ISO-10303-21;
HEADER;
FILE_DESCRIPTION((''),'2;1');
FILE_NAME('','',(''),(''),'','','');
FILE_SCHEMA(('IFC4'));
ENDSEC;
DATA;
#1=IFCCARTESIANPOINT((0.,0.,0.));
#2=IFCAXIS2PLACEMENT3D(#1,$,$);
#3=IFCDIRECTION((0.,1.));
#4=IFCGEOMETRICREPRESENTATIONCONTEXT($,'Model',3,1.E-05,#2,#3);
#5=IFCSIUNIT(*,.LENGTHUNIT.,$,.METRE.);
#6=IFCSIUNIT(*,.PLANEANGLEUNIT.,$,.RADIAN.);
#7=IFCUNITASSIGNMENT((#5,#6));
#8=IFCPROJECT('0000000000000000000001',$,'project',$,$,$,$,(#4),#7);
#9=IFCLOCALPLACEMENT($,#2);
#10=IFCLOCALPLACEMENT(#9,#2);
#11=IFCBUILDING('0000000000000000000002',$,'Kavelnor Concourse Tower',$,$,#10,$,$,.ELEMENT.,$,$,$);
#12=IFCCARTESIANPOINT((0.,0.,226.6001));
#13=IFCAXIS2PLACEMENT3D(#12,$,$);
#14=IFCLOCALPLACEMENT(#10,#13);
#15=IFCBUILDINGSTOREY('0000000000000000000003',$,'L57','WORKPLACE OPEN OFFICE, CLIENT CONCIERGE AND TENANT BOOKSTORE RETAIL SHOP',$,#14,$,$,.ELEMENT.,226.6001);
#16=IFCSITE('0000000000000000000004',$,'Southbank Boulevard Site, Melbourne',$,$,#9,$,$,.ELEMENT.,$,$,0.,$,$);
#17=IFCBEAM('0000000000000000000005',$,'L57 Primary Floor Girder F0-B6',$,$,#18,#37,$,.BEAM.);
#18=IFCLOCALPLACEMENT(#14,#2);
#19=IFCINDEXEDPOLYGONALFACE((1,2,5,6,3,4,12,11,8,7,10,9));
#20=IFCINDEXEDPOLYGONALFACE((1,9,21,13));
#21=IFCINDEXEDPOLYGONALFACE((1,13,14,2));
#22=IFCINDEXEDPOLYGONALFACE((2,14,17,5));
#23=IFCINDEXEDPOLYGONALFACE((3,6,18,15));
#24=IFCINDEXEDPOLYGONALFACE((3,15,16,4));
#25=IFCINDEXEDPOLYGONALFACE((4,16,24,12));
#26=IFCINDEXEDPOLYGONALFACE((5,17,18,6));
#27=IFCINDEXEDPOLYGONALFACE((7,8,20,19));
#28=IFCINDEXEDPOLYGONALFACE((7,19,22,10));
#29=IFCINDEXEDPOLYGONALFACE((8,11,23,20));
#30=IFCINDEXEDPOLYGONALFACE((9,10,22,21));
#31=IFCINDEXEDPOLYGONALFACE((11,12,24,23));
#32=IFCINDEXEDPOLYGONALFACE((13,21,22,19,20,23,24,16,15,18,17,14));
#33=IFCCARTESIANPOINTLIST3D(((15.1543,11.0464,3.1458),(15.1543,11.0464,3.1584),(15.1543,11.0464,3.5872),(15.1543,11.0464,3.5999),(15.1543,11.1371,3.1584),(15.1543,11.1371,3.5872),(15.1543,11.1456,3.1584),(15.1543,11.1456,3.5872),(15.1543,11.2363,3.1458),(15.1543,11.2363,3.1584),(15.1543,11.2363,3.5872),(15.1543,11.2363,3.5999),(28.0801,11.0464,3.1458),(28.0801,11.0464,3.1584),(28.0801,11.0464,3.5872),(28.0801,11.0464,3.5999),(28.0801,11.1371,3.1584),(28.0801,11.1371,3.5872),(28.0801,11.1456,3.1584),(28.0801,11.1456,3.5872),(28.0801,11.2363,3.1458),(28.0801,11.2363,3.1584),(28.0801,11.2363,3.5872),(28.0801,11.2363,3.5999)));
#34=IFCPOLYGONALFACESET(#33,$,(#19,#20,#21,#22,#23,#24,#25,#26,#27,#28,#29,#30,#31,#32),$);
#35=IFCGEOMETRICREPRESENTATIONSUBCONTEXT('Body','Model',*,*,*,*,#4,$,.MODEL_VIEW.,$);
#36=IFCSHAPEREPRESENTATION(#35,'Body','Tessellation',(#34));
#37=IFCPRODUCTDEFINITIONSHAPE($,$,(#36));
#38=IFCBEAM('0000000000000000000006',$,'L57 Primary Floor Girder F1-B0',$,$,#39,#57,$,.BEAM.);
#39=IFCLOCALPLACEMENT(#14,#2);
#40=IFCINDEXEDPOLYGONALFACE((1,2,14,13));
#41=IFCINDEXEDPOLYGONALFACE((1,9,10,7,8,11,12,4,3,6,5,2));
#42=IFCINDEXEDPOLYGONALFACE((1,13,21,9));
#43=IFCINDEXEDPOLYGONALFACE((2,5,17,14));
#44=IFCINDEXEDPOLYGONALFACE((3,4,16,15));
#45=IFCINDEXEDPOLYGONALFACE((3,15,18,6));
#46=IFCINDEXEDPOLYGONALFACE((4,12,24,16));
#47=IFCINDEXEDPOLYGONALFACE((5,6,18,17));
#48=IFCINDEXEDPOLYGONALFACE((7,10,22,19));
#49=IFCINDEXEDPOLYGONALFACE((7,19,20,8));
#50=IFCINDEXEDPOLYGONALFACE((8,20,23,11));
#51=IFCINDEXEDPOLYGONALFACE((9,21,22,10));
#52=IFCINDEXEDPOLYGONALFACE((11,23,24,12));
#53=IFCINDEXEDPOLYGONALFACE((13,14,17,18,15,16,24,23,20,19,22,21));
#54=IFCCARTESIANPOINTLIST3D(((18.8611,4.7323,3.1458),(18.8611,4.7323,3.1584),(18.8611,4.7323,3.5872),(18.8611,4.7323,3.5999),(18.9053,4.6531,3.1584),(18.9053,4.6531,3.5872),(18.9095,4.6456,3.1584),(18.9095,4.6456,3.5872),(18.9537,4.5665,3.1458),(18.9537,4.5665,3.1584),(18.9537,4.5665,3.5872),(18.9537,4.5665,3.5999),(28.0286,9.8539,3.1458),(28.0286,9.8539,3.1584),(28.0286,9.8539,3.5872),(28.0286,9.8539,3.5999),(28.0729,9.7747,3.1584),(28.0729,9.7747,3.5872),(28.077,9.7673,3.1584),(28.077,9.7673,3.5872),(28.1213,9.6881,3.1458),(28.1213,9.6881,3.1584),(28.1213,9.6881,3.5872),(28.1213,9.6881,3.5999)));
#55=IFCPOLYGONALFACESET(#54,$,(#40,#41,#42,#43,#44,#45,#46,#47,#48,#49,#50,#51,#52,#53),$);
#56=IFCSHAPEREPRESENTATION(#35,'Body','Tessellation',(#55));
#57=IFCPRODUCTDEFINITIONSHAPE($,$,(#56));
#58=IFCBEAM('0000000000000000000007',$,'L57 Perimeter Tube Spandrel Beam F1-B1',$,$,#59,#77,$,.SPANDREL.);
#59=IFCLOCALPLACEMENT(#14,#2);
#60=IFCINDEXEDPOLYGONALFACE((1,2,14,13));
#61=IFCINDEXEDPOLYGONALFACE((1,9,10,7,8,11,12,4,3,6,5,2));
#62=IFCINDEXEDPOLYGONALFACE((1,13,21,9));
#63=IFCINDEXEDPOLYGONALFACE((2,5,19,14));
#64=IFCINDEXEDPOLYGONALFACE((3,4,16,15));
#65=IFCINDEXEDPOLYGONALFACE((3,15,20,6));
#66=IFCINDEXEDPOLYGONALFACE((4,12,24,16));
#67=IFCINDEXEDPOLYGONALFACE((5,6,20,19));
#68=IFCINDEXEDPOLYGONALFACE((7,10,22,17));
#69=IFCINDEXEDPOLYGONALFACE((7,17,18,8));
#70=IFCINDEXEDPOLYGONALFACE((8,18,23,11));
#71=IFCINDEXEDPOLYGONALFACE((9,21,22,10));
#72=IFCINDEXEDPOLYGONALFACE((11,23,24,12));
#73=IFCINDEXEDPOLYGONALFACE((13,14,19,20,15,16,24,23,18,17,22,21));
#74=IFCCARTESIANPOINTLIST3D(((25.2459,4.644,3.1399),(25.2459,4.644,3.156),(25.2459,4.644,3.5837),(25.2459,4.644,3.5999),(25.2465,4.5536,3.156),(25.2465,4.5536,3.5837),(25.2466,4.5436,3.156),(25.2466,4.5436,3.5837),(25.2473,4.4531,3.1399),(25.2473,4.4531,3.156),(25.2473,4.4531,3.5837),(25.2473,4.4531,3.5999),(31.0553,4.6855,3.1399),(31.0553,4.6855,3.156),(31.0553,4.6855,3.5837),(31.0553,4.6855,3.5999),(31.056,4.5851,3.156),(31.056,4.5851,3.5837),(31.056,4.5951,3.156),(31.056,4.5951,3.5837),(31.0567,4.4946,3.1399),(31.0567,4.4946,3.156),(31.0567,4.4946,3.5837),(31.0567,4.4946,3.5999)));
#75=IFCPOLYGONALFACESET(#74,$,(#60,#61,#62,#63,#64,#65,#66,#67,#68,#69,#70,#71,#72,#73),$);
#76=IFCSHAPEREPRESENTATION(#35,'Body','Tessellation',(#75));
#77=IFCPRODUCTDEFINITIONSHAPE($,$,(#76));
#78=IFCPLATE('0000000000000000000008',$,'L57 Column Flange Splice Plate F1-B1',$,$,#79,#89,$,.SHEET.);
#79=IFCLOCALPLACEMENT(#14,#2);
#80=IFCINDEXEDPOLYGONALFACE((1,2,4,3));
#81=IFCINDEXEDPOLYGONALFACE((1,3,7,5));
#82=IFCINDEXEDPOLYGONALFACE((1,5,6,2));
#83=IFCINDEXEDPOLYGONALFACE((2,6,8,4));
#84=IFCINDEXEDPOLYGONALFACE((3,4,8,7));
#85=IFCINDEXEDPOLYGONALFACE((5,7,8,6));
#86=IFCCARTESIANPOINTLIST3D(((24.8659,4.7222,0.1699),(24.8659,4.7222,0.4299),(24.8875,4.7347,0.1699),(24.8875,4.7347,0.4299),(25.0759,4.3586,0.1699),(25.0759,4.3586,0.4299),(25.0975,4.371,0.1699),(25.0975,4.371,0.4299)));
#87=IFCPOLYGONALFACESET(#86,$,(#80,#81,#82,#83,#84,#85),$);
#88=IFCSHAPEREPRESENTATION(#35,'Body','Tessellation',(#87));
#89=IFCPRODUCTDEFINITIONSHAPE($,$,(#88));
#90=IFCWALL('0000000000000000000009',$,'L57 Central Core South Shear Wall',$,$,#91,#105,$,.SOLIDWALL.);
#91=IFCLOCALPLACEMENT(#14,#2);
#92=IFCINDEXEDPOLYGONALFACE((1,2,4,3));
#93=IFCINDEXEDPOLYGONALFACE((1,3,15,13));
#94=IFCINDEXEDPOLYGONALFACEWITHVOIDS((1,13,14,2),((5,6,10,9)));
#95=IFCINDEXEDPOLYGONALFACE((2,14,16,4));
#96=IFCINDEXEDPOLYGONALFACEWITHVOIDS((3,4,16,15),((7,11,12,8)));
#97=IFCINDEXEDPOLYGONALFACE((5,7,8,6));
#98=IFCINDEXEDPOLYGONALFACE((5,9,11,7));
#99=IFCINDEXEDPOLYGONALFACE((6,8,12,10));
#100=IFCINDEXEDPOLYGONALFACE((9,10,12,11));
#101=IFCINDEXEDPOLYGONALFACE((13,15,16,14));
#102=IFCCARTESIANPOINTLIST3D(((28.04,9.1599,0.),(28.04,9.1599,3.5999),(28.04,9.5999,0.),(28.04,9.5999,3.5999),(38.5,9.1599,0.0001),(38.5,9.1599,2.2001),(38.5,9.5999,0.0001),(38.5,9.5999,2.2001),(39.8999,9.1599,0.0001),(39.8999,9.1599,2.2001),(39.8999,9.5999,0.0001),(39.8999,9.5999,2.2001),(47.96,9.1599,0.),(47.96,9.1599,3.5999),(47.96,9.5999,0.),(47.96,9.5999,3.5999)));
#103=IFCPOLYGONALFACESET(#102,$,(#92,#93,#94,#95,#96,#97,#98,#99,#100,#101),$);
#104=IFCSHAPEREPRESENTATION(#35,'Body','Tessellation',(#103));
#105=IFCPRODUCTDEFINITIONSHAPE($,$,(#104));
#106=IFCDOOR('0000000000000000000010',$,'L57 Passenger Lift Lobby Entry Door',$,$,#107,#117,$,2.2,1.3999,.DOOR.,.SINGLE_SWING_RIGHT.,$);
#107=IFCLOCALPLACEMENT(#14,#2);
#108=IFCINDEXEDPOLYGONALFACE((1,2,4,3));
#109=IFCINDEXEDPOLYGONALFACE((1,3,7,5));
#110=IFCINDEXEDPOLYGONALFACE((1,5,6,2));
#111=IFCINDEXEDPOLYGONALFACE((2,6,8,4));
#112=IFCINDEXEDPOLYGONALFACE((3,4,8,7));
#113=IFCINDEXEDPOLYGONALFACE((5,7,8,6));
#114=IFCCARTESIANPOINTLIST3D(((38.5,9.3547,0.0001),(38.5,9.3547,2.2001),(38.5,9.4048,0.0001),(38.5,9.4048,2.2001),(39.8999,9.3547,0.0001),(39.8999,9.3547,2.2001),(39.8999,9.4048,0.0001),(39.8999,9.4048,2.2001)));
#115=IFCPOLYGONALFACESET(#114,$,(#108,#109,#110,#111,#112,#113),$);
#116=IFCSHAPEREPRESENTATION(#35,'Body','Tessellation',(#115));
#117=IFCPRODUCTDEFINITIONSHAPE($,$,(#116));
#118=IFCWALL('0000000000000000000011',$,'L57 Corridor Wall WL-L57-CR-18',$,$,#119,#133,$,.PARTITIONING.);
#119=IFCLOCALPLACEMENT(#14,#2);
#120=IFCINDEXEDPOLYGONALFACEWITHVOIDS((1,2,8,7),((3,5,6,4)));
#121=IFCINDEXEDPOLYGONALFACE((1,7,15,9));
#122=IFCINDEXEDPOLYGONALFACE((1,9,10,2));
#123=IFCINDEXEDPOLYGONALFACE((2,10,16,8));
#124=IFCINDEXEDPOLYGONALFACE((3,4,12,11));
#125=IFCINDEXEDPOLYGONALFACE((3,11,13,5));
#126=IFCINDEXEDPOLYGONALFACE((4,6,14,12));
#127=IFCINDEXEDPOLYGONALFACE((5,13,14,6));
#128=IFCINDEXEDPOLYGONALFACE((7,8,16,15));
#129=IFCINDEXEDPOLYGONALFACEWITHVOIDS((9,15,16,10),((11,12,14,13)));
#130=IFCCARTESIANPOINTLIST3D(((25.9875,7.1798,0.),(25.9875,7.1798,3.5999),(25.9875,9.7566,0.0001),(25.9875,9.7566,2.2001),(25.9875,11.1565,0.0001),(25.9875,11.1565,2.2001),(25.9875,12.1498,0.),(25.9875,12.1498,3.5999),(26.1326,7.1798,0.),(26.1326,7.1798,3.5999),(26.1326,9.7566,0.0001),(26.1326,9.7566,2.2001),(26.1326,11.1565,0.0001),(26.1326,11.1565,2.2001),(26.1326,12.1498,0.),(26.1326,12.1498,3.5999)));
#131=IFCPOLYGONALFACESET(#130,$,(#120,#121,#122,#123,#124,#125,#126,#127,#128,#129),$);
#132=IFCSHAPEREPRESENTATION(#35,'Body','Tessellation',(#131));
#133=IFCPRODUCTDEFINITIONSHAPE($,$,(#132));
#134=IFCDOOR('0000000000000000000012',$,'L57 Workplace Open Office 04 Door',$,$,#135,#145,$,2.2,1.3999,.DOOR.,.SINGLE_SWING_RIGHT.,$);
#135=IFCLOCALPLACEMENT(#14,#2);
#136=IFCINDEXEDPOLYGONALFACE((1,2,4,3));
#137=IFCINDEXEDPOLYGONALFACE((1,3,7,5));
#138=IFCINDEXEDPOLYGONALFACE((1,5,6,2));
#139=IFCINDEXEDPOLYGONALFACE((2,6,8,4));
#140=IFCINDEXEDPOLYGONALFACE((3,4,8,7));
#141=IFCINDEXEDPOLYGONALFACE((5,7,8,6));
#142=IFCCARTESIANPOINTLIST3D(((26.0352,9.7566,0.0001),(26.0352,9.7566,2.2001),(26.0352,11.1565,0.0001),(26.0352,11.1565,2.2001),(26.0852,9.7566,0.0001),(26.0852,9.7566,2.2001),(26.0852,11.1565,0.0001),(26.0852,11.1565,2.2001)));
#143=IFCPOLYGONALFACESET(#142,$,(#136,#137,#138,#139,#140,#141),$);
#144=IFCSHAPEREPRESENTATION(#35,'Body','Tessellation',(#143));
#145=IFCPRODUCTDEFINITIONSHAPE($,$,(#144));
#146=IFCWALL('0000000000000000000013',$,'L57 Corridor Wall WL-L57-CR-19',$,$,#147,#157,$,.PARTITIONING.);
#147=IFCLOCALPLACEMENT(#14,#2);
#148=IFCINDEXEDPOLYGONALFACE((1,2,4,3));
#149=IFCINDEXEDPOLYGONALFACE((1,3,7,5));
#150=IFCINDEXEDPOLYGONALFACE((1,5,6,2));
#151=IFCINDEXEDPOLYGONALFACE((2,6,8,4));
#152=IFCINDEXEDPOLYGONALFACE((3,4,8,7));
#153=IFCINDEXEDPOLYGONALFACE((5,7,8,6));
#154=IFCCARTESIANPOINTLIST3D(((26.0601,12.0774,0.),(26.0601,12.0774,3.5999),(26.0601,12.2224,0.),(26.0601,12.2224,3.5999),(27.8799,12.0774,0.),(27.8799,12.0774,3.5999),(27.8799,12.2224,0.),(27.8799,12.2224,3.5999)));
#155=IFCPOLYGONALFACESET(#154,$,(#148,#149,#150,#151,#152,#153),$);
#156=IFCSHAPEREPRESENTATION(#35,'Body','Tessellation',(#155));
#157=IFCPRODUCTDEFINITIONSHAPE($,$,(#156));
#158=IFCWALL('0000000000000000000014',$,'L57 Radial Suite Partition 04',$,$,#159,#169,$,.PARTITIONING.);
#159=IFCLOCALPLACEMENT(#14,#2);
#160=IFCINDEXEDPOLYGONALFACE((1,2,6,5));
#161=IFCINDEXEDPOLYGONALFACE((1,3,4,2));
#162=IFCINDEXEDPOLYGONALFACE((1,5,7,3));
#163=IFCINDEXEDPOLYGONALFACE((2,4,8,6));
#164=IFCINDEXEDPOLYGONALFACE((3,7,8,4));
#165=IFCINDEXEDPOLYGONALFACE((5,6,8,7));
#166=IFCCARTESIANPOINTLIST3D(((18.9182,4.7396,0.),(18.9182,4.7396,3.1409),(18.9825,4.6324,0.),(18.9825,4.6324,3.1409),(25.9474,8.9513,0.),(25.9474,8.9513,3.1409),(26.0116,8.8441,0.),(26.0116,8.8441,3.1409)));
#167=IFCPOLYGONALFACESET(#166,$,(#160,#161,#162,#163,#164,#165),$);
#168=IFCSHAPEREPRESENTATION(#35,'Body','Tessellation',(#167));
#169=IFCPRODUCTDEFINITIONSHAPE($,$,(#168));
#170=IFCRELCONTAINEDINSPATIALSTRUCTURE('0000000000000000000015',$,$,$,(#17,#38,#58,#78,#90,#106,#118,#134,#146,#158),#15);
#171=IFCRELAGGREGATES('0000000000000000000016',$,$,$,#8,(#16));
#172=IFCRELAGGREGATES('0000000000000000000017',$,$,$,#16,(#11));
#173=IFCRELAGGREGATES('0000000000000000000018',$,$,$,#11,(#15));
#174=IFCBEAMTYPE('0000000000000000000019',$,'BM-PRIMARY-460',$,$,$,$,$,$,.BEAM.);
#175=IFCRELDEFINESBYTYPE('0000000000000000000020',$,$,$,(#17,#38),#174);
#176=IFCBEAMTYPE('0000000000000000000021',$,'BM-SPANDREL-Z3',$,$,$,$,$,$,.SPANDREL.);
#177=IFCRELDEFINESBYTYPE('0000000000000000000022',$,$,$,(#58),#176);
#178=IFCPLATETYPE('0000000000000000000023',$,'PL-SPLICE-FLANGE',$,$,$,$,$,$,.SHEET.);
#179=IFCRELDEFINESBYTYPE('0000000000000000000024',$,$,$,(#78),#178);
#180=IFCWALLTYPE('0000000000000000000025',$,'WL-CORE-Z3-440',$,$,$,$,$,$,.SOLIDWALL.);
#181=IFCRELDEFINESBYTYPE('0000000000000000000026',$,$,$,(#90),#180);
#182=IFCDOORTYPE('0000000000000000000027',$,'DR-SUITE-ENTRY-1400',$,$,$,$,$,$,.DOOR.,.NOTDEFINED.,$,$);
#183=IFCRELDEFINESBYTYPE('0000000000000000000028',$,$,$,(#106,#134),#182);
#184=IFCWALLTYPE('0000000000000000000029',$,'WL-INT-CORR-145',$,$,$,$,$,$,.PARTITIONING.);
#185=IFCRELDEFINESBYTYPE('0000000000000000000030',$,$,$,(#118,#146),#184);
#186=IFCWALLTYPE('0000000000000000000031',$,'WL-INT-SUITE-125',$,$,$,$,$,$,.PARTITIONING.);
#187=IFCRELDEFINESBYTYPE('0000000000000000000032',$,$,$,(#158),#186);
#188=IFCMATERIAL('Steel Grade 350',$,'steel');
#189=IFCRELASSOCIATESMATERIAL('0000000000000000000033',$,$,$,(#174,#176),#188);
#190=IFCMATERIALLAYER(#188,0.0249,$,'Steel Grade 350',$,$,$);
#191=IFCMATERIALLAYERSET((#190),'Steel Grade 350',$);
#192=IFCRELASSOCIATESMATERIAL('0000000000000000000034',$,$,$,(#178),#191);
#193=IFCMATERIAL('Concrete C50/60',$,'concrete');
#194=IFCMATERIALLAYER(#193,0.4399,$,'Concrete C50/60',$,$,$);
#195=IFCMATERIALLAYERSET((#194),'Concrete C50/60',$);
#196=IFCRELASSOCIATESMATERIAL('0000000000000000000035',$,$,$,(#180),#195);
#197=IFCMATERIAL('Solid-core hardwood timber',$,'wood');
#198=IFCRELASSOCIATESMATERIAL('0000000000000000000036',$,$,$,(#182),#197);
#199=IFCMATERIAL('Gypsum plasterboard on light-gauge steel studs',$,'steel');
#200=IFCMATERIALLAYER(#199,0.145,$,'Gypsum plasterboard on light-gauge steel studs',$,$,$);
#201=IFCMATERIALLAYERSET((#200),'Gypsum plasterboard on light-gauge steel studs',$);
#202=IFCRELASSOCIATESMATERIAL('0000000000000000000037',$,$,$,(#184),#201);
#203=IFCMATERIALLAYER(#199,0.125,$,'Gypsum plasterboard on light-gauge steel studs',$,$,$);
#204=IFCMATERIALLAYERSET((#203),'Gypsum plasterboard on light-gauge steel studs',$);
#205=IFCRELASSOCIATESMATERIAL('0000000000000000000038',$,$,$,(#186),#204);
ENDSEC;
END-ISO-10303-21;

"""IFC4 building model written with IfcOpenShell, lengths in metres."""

from ifc_helpers import new_model, si_unit, direction, frame, frame_2d, origin, origin_2d, place, context, subcontext, project, spatial, rectangle, i_section, extrude, material, layer, layer_set, material_profile, profile_set, type_object, element, fill, save


model = new_model("IFC4")

# Units and contexts
model_context = context("Model", 3, precision=1e-05, world=origin(), true_north=direction((0.0, 1.0)))
body_context = subcontext(model_context, "Body", "Model", "MODEL_VIEW")
ifc_project = project(units=[si_unit("LENGTHUNIT", "METRE"), si_unit("PLANEANGLEUNIT", "RADIAN")], contexts=[model_context])

# Site, building, storey
site_placement = place(None, origin())
site = spatial("IfcSite", under=ifc_project, at=site_placement, Name="Southbank Boulevard Site, Melbourne", CompositionType="ELEMENT", RefElevation=0.0)
building_placement = place(site_placement, origin())
building = spatial("IfcBuilding", under=site, at=building_placement, Name="Kavelnor Concourse Tower", CompositionType="ELEMENT")
storey_placement = place(building_placement, frame((0.0, 0.0, 226.6001)))
storey = spatial("IfcBuildingStorey", under=building, at=storey_placement, Name="L57", Description="WORKPLACE OPEN OFFICE, CLIENT CONCIERGE AND TENANT BOOKSTORE RETAIL SHOP", CompositionType="ELEMENT", Elevation=226.6001)

# Shared definitions
ifc_material_1 = material(Name="Steel Grade 350", Category="steel")

# Beams
ifc_material_profile_1 = material_profile(ifc_material_1, i_section(OverallWidth=0.1899, OverallDepth=0.4541, WebThickness=0.0085, FlangeThickness=0.0127, at=origin_2d()), Name="460UB67")
ifc_profile_set_1 = profile_set([ifc_material_profile_1], Name="Steel Grade 350")
beam_type_1 = type_object("IfcBeamType", Name="BM-PRIMARY-460", PredefinedType="BEAM", material=ifc_profile_set_1)
beam_1_placement = place(storey_placement, frame((28.0801, 11.1414, 3.3728), z_axis=(-1.0, 0.0, 0.0), x_axis=(0.0, -1.0, 0.0)))
element("IfcBeam", 1, at=beam_1_placement, inside=storey, type_object=beam_type_1, Name="L57 Primary Floor Girder F0-B6", PredefinedType="BEAM", context=body_context, shape_type="SweptSolid", body=[
    extrude(i_section(OverallWidth=0.1899, OverallDepth=0.4541, WebThickness=0.0085, FlangeThickness=0.0127, at=origin_2d()), origin(), (0.0, 0.0, 1.0), 12.9258),
])
beam_2_placement = place(storey_placement, frame((28.075, 9.771, 3.3728), z_axis=(-0.873001, -0.487718, 0.0), x_axis=(0.487718, -0.873001, 0.0)))
element("IfcBeam", 2, at=beam_2_placement, inside=storey, type_object=beam_type_1, Name="L57 Primary Floor Girder F1-B0", PredefinedType="BEAM", context=body_context, shape_type="SweptSolid", body=[
    extrude(i_section(OverallWidth=0.1899, OverallDepth=0.4541, WebThickness=0.0085, FlangeThickness=0.0127, at=origin_2d()), origin(), (0.0, 0.0, 1.0), 10.5012),
])
ifc_material_profile_2 = material_profile(ifc_material_1, i_section(OverallWidth=0.1909, OverallDepth=0.46, WebThickness=0.01, FlangeThickness=0.0161, at=origin_2d()), Name="460UB82")
ifc_profile_set_2 = profile_set([ifc_material_profile_2], Name="Steel Grade 350")
beam_type_2 = type_object("IfcBeamType", Name="BM-SPANDREL-Z3", PredefinedType="SPANDREL", material=ifc_profile_set_2)
beam_3_placement = place(storey_placement, frame((25.2466, 4.5486, 3.3699), z_axis=(0.999974, 0.007144, 0.0), x_axis=(-0.007144, 0.999974, 0.0)))
element("IfcBeam", 3, at=beam_3_placement, inside=storey, type_object=beam_type_2, Name="L57 Perimeter Tube Spandrel Beam F1-B1", PredefinedType="SPANDREL", context=body_context, shape_type="SweptSolid", body=[
    extrude(i_section(OverallWidth=0.1909, OverallDepth=0.46, WebThickness=0.01, FlangeThickness=0.0161, at=origin_2d()), origin(), (0.0, 0.0, 1.0), 5.8096),
])

# Plate
ifc_layer_1 = layer(ifc_material_1, 0.0249, Name="Steel Grade 350")
ifc_layer_set_1 = layer_set([ifc_layer_1], Name="Steel Grade 350")
plate_type = type_object("IfcPlateType", Name="PL-SPLICE-FLANGE", PredefinedType="SHEET", material=ifc_layer_set_1)
plate_placement = place(storey_placement, frame((24.9817, 4.5466, 0.1699), z_axis=(0.0, 0.0, 1.0), x_axis=(-0.5, 0.866025, 0.0)))
element("IfcPlate", 4, at=plate_placement, inside=storey, type_object=plate_type, Name="L57 Column Flange Splice Plate F1-B1", PredefinedType="SHEET", context=body_context, shape_type="SweptSolid", body=[
    extrude(rectangle(XDim=0.4199, YDim=0.0249, at=origin_2d()), origin(), (0.0, 0.0, 1.0), 0.26),
])

# Walls, openings, doors
ifc_material_2 = material(Name="Concrete C50/60", Category="concrete")
ifc_layer_2 = layer(ifc_material_2, 0.4399, Name="Concrete C50/60")
ifc_layer_set_2 = layer_set([ifc_layer_2], Name="Concrete C50/60")
wall_type_1 = type_object("IfcWallType", Name="WL-CORE-Z3-440", PredefinedType="SOLIDWALL", material=ifc_layer_set_2)
wall_1_placement = place(storey_placement, frame((28.04, 9.3799, 0.0), z_axis=(0.0, 0.0, 1.0), x_axis=(1.0, 0.0, 0.0)))
wall_1 = element("IfcWall", 5, at=wall_1_placement, inside=storey, type_object=wall_type_1, Name="L57 Central Core South Shear Wall", PredefinedType="SOLIDWALL", context=body_context, shape_type="SweptSolid", body=[
    extrude(rectangle(XDim=19.9199, YDim=0.4399, at=frame_2d((9.96, 0.0))), origin(), (0.0, 0.0, 1.0), 3.5999),
])
opening_1_placement = place(wall_1_placement, frame((10.46, 0.0, 0.0)))
opening_1 = element("IfcOpeningElement", 6, at=opening_1_placement, cuts=wall_1, PredefinedType="OPENING", context=body_context, shape_type="SweptSolid", body=[
    extrude(rectangle(XDim=1.3999, YDim=2.2, at=frame_2d((0.7, 1.1001))), frame((0.0, 0.23, 0.0), z_axis=(0.0, -1.0, 0.0), x_axis=(1.0, 0.0, 0.0)), (0.0, 0.0, 1.0), 0.46),
])
ifc_material_3 = material(Name="Solid-core hardwood timber", Category="wood")
door_type = type_object("IfcDoorType", Name="DR-SUITE-ENTRY-1400", OperationType="NOTDEFINED", PredefinedType="DOOR", material=ifc_material_3)
door_1_placement = place(opening_1_placement, origin())
door_1 = element("IfcDoor", 7, at=door_1_placement, inside=storey, type_object=door_type, Name="L57 Passenger Lift Lobby Entry Door", OperationType="SINGLE_SWING_RIGHT", OverallHeight=2.2, OverallWidth=1.3999, PredefinedType="DOOR", context=body_context, shape_type="SweptSolid", body=[
    extrude(rectangle(XDim=1.3999, YDim=2.2, at=frame_2d((0.7, 1.1001))), frame((0.0, 0.0249, 0.0), z_axis=(0.0, -1.0, 0.0), x_axis=(1.0, 0.0, 0.0)), (0.0, 0.0, 1.0), 0.05),
])
fill(opening_1, door_1)
ifc_material_4 = material(Name="Gypsum plasterboard on light-gauge steel studs", Category="steel")
ifc_layer_3 = layer(ifc_material_4, 0.145, Name="Gypsum plasterboard on light-gauge steel studs")
ifc_layer_set_3 = layer_set([ifc_layer_3], Name="Gypsum plasterboard on light-gauge steel studs")
wall_type_2 = type_object("IfcWallType", Name="WL-INT-CORR-145", PredefinedType="PARTITIONING", material=ifc_layer_set_3)
wall_2_placement = place(storey_placement, frame((26.0601, 7.1799, 0.0), z_axis=(0.0, 0.0, 1.0), x_axis=(0.0, 1.0, 0.0)))
wall_2 = element("IfcWall", 8, at=wall_2_placement, inside=storey, type_object=wall_type_2, Name="L57 Corridor Wall WL-L57-CR-18", PredefinedType="PARTITIONING", context=body_context, shape_type="SweptSolid", body=[
    extrude(rectangle(XDim=4.97, YDim=0.145, at=frame_2d((2.4849, 0.0))), origin(), (0.0, 0.0, 1.0), 3.5999),
])
opening_2_placement = place(wall_2_placement, frame((2.5767, 0.0, 0.0)))
opening_2 = element("IfcOpeningElement", 9, at=opening_2_placement, cuts=wall_2, PredefinedType="OPENING", context=body_context, shape_type="SweptSolid", body=[
    extrude(rectangle(XDim=1.3999, YDim=2.2, at=frame_2d((0.7, 1.1001))), frame((0.0, 0.0825, 0.0), z_axis=(0.0, -1.0, 0.0), x_axis=(1.0, 0.0, 0.0)), (0.0, 0.0, 1.0), 0.165),
])
door_2_placement = place(opening_2_placement, origin())
door_2 = element("IfcDoor", 10, at=door_2_placement, inside=storey, type_object=door_type, Name="L57 Workplace Open Office 04 Door", OperationType="SINGLE_SWING_RIGHT", OverallHeight=2.2, OverallWidth=1.3999, PredefinedType="DOOR", context=body_context, shape_type="SweptSolid", body=[
    extrude(rectangle(XDim=1.3999, YDim=2.2, at=frame_2d((0.7, 1.1001))), frame((0.0, 0.0249, 0.0), z_axis=(0.0, -1.0, 0.0), x_axis=(1.0, 0.0, 0.0)), (0.0, 0.0, 1.0), 0.05),
])
fill(opening_2, door_2)

# Walls
wall_3_placement = place(storey_placement, frame((26.0601, 12.1499, 0.0), z_axis=(0.0, 0.0, 1.0), x_axis=(1.0, 0.0, 0.0)))
element("IfcWall", 11, at=wall_3_placement, inside=storey, type_object=wall_type_2, Name="L57 Corridor Wall WL-L57-CR-19", PredefinedType="PARTITIONING", context=body_context, shape_type="SweptSolid", body=[
    extrude(rectangle(XDim=1.8198, YDim=0.145, at=frame_2d((0.9099, 0.0))), origin(), (0.0, 0.0, 1.0), 3.5999),
])
ifc_layer_4 = layer(ifc_material_4, 0.125, Name="Gypsum plasterboard on light-gauge steel studs")
ifc_layer_set_4 = layer_set([ifc_layer_4], Name="Gypsum plasterboard on light-gauge steel studs")
wall_type_3 = type_object("IfcWallType", Name="WL-INT-SUITE-125", PredefinedType="PARTITIONING", material=ifc_layer_set_4)
wall_4_placement = place(storey_placement, frame((25.9795, 8.8977, 0.0), z_axis=(0.0, 0.0, 1.0), x_axis=(-0.857803, -0.513979, 0.0)))
element("IfcWall", 12, at=wall_4_placement, inside=storey, type_object=wall_type_3, Name="L57 Radial Suite Partition 04", PredefinedType="PARTITIONING", context=body_context, shape_type="SweptSolid", body=[
    extrude(rectangle(XDim=8.1943, YDim=0.125, at=frame_2d((4.0972, 0.0))), origin(), (0.0, 0.0, 1.0), 3.1409),
])

save(model, "model.ifc")
